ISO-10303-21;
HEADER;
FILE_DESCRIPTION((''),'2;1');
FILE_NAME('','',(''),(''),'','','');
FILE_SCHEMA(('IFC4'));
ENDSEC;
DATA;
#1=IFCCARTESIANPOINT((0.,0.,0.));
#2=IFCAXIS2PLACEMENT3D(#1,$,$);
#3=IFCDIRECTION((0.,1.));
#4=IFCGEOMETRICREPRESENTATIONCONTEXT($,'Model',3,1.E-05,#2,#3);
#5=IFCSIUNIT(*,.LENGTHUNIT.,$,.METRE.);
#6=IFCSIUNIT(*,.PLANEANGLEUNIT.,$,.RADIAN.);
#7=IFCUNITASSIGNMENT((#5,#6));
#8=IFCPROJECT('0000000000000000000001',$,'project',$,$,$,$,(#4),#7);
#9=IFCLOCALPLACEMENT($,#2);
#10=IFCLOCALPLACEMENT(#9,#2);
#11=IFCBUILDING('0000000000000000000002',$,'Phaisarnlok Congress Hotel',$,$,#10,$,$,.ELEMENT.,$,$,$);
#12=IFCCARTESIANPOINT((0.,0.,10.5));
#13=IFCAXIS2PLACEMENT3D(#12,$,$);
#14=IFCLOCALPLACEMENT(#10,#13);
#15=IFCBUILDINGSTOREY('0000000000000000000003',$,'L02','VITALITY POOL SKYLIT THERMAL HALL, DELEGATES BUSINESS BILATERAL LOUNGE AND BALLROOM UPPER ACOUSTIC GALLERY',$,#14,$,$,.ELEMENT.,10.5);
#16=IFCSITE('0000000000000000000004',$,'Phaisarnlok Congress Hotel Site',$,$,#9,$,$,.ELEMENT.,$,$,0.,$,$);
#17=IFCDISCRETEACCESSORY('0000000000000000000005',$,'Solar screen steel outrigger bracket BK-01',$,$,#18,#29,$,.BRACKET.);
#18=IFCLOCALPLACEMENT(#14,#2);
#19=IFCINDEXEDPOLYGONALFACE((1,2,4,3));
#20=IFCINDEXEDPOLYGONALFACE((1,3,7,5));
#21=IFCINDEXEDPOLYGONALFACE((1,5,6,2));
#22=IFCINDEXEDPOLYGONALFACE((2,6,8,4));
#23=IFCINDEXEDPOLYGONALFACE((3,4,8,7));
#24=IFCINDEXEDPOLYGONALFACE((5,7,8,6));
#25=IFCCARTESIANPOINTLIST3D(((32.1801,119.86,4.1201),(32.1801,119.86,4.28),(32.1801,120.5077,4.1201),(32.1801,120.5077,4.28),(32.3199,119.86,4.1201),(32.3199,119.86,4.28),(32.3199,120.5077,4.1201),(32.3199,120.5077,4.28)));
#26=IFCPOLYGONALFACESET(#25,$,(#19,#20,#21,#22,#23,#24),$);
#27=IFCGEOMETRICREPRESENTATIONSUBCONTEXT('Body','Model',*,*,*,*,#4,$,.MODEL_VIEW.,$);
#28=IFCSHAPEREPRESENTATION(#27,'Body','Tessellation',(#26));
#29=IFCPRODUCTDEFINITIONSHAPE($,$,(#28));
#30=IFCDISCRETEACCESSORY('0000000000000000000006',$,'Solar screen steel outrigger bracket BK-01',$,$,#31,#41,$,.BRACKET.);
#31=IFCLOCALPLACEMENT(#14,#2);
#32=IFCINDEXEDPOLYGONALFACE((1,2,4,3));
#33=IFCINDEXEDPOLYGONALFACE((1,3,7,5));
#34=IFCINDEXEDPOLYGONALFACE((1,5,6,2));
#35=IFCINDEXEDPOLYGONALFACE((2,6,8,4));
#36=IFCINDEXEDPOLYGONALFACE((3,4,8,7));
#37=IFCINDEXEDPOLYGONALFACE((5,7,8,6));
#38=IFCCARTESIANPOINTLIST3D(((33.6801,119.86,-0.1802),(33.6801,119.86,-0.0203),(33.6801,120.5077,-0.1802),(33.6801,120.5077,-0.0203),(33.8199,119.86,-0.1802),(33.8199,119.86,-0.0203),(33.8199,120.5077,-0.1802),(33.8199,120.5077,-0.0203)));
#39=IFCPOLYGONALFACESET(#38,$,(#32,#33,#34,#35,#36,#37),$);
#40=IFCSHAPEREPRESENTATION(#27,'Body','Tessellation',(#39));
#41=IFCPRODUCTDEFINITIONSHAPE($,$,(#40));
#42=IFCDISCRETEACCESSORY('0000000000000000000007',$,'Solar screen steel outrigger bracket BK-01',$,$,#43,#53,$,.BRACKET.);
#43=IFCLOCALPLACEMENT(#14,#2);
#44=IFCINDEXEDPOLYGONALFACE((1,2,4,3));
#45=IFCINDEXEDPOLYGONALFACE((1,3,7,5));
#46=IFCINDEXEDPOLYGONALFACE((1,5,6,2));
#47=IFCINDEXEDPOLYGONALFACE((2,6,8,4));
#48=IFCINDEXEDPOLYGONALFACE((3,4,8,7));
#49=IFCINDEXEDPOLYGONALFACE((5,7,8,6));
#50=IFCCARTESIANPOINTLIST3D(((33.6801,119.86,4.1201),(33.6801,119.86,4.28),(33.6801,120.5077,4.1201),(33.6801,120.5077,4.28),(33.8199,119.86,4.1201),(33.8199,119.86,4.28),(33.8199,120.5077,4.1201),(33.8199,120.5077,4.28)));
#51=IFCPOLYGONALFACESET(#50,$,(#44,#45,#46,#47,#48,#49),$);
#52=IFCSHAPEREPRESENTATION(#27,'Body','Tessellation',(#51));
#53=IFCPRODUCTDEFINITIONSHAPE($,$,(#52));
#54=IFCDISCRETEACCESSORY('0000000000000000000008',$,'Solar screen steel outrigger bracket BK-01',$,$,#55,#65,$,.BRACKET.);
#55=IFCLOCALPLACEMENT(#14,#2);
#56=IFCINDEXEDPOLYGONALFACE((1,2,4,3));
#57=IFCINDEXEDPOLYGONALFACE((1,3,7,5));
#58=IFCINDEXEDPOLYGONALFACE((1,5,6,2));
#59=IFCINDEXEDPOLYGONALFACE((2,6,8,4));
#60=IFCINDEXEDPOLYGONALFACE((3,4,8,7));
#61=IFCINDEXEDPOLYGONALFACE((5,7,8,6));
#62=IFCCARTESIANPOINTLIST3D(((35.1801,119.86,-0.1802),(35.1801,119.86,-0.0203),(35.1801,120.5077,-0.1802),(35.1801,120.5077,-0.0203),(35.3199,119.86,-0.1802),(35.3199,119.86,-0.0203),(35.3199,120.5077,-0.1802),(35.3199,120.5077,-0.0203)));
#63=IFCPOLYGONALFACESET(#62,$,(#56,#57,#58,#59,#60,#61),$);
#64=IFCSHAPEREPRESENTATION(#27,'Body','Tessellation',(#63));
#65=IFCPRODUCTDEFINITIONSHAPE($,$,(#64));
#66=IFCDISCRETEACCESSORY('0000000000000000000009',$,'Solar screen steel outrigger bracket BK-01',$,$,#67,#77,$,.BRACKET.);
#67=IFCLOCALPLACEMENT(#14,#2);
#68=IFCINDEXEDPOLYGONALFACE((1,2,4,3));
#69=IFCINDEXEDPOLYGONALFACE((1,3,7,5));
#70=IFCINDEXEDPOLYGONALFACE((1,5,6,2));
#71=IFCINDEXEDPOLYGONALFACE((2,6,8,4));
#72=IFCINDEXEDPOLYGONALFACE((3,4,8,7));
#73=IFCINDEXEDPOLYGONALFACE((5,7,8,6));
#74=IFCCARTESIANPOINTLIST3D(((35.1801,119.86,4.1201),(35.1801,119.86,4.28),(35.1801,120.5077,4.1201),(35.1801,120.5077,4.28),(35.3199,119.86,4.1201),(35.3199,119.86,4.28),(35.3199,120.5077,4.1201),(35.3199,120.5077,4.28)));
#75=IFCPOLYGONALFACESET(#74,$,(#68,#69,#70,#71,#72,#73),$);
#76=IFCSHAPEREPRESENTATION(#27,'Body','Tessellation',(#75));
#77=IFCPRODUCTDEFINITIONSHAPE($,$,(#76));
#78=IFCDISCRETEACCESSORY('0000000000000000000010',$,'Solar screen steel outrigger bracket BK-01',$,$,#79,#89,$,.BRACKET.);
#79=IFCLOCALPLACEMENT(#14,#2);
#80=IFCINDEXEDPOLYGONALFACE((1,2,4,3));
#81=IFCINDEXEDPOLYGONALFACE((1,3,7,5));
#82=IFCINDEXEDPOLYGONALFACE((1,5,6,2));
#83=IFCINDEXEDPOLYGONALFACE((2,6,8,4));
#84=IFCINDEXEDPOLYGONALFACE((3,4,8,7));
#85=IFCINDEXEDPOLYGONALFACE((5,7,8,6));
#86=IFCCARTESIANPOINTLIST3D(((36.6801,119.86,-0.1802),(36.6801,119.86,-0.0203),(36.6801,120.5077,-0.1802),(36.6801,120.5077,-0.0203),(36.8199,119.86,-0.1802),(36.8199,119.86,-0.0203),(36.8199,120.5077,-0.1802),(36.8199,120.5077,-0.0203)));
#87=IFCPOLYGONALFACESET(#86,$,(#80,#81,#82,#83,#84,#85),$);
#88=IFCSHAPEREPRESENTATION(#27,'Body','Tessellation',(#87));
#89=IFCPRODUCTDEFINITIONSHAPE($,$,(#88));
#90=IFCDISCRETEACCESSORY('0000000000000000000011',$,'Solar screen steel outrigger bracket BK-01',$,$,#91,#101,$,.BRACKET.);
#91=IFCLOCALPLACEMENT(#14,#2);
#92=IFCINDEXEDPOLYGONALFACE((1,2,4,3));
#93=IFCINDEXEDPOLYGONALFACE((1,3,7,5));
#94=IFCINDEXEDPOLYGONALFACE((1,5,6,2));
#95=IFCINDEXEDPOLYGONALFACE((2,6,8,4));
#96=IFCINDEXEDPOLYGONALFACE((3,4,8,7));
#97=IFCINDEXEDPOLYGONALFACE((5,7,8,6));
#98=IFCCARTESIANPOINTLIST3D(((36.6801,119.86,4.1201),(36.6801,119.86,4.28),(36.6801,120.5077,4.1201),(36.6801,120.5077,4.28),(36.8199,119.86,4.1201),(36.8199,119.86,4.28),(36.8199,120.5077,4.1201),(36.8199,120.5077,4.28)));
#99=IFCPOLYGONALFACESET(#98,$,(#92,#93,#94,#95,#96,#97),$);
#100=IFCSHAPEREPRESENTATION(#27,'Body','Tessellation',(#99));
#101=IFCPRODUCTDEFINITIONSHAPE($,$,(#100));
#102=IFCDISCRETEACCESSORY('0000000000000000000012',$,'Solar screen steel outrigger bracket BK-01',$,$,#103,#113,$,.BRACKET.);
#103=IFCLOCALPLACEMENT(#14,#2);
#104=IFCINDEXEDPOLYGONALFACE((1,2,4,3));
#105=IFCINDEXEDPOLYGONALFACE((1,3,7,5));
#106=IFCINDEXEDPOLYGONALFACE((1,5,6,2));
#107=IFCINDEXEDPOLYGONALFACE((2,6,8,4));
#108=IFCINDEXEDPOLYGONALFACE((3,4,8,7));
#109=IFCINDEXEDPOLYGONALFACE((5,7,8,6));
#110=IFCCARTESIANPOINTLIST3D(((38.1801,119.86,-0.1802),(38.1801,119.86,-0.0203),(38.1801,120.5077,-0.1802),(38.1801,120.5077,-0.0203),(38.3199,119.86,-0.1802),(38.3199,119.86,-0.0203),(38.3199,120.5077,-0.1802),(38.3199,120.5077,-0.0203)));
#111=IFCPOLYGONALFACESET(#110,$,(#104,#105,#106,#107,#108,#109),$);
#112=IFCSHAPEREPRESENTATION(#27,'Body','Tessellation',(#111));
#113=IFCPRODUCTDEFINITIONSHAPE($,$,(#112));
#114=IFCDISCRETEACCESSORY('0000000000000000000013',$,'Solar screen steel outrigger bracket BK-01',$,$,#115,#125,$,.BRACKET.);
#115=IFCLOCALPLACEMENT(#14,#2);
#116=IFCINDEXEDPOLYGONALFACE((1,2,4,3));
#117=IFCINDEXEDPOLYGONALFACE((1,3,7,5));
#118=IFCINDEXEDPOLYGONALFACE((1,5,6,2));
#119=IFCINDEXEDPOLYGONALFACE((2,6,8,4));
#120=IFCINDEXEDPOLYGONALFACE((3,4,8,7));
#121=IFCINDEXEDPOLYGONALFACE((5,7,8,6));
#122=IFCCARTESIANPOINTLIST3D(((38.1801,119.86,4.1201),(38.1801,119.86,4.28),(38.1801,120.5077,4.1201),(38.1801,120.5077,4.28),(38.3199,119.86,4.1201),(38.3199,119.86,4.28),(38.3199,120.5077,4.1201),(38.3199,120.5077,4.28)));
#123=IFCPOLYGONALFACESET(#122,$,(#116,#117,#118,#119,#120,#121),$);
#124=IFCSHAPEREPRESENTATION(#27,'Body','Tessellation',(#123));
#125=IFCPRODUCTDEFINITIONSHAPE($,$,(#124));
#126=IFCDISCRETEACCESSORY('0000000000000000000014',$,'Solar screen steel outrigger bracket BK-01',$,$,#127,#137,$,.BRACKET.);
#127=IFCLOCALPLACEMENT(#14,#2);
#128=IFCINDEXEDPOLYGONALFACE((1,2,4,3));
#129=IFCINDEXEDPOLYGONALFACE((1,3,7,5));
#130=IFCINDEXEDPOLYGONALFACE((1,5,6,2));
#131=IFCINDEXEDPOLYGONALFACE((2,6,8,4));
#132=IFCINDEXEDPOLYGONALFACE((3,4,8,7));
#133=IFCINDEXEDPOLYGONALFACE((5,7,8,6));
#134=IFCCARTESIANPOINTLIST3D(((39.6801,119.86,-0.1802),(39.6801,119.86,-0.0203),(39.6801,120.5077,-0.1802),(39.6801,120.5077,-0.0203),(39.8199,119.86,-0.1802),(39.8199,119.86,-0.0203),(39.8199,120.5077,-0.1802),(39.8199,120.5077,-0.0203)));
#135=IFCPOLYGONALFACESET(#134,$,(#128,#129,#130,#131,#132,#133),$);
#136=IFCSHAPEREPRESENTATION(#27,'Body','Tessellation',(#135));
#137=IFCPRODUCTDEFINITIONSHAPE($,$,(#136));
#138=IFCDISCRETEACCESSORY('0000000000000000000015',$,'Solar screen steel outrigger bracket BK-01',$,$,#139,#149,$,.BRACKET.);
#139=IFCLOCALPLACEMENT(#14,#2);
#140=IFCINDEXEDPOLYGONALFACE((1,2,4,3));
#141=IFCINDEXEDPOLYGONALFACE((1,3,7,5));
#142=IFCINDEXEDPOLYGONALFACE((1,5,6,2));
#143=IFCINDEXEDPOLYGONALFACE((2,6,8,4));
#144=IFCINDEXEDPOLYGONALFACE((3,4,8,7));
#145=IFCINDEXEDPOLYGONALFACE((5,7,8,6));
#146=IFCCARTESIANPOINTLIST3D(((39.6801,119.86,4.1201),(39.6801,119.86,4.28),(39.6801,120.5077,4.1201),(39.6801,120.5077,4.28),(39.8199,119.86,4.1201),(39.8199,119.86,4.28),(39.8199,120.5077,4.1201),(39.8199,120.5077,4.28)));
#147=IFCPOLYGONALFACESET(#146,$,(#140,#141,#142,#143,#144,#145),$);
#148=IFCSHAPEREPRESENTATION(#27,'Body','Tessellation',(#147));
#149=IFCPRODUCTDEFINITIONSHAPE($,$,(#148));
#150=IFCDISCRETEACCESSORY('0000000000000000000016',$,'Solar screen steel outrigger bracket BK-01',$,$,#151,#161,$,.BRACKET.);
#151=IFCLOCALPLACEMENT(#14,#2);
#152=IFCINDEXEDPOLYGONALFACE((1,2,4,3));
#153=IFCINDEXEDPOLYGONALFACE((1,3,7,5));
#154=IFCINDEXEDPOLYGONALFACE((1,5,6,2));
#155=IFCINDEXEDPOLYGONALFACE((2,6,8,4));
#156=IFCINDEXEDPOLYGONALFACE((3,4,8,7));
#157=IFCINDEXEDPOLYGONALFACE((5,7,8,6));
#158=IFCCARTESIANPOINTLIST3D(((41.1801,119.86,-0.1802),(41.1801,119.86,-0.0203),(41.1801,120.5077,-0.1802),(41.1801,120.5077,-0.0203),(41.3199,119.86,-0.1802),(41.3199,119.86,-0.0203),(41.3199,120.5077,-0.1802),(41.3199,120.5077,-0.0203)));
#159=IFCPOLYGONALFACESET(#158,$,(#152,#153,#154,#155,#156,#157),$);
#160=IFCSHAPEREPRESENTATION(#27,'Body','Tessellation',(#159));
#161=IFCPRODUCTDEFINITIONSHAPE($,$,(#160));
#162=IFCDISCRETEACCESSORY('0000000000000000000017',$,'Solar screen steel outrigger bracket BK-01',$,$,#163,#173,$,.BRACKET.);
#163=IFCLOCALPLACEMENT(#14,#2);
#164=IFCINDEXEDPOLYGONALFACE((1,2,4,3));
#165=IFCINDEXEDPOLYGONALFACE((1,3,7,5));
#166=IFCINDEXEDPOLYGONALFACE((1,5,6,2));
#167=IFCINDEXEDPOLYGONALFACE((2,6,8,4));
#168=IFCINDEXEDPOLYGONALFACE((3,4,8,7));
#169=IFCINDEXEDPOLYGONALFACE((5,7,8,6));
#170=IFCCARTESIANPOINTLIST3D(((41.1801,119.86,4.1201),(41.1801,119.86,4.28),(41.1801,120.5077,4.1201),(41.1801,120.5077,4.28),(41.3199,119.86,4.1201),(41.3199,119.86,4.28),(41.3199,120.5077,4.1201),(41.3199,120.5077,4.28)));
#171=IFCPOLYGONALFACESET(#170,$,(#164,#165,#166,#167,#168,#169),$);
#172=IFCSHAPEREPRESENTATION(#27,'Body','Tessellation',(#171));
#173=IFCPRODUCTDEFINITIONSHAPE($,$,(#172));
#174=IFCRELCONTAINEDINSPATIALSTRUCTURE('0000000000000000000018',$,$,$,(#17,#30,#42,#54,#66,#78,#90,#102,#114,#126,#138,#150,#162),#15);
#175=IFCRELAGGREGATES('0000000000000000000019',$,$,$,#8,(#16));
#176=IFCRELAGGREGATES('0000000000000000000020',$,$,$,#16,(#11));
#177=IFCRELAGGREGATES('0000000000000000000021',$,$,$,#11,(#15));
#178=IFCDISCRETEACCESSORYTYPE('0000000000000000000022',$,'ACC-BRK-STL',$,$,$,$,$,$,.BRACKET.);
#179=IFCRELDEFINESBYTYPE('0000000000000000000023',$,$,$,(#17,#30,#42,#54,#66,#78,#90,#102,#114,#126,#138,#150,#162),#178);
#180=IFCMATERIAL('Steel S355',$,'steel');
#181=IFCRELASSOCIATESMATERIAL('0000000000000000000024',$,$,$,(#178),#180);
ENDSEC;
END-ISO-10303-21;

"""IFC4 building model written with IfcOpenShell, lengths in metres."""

from ifc_helpers import new_model, si_unit, direction, frame, origin, origin_2d, place, context, subcontext, project, spatial, rectangle, extrude, material, type_object, element, save


model = new_model("IFC4")

# Units and contexts
model_context = context("Model", 3, precision=1e-05, world=origin(), true_north=direction((0.0, 1.0)))
body_context = subcontext(model_context, "Body", "Model", "MODEL_VIEW")
ifc_project = project(units=[si_unit("LENGTHUNIT", "METRE"), si_unit("PLANEANGLEUNIT", "RADIAN")], contexts=[model_context])

# Site, building, storey
site_placement = place(None, origin())
site = spatial("IfcSite", under=ifc_project, at=site_placement, Name="Phaisarnlok Congress Hotel Site", CompositionType="ELEMENT", RefElevation=0.0)
building_placement = place(site_placement, origin())
building = spatial("IfcBuilding", under=site, at=building_placement, Name="Phaisarnlok Congress Hotel", CompositionType="ELEMENT")
storey_placement = place(building_placement, frame((0.0, 0.0, 10.5)))
storey = spatial("IfcBuildingStorey", under=building, at=storey_placement, Name="L02", Description="VITALITY POOL SKYLIT THERMAL HALL, DELEGATES BUSINESS BILATERAL LOUNGE AND BALLROOM UPPER ACOUSTIC GALLERY", CompositionType="ELEMENT", Elevation=10.5)

# Shared definitions
ifc_material_1 = material(Name="Steel S355", Category="steel")

# Discrete accessories
discrete_accessory_type = type_object("IfcDiscreteAccessoryType", Name="ACC-BRK-STL", PredefinedType="BRACKET", material=ifc_material_1)
for number, where, z_axis, x_axis, name in (
    (1, (32.25, 120.1838, 4.1201), (0.0, 0.0, 1.0), (1.0, 0.0, 0.0), "Solar screen steel outrigger bracket BK-01"),
    (2, (33.75, 120.1838, -0.1802), (0.0, 0.0, 1.0), (1.0, 0.0, 0.0), "Solar screen steel outrigger bracket BK-01"),
    (3, (33.75, 120.1838, 4.1201), (0.0, 0.0, 1.0), (1.0, 0.0, 0.0), "Solar screen steel outrigger bracket BK-01"),
    (4, (35.25, 120.1838, -0.1802), (0.0, 0.0, 1.0), (1.0, 0.0, 0.0), "Solar screen steel outrigger bracket BK-01"),
    (5, (35.25, 120.1838, 4.1201), (0.0, 0.0, 1.0), (1.0, 0.0, 0.0), "Solar screen steel outrigger bracket BK-01"),
    (6, (36.75, 120.1838, -0.1802), (0.0, 0.0, 1.0), (1.0, 0.0, 0.0), "Solar screen steel outrigger bracket BK-01"),
    (7, (36.75, 120.1838, 4.1201), (0.0, 0.0, 1.0), (1.0, 0.0, 0.0), "Solar screen steel outrigger bracket BK-01"),
    (8, (38.25, 120.1838, -0.1802), (0.0, 0.0, 1.0), (1.0, 0.0, 0.0), "Solar screen steel outrigger bracket BK-01"),
    (9, (38.25, 120.1838, 4.1201), (0.0, 0.0, 1.0), (1.0, 0.0, 0.0), "Solar screen steel outrigger bracket BK-01"),
    (10, (39.75, 120.1838, -0.1802), (0.0, 0.0, 1.0), (1.0, 0.0, 0.0), "Solar screen steel outrigger bracket BK-01"),
    (11, (39.75, 120.1838, 4.1201), (0.0, 0.0, 1.0), (1.0, 0.0, 0.0), "Solar screen steel outrigger bracket BK-01"),
    (12, (41.25, 120.1838, -0.1802), (0.0, 0.0, 1.0), (1.0, 0.0, 0.0), "Solar screen steel outrigger bracket BK-01"),
    (13, (41.25, 120.1838, 4.1201), (0.0, 0.0, 1.0), (1.0, 0.0, 0.0), "Solar screen steel outrigger bracket BK-01"),
):
    element("IfcDiscreteAccessory", number, at=place(storey_placement, frame(where, z_axis=z_axis, x_axis=x_axis)), inside=storey, type_object=discrete_accessory_type, Name=name, PredefinedType="BRACKET", context=body_context, shape_type="SweptSolid", body=[
        extrude(rectangle(XDim=0.1399, YDim=0.6477, at=origin_2d()), origin(), (0.0, 0.0, 1.0), 0.1599),
    ])

save(model, "model.ifc")
